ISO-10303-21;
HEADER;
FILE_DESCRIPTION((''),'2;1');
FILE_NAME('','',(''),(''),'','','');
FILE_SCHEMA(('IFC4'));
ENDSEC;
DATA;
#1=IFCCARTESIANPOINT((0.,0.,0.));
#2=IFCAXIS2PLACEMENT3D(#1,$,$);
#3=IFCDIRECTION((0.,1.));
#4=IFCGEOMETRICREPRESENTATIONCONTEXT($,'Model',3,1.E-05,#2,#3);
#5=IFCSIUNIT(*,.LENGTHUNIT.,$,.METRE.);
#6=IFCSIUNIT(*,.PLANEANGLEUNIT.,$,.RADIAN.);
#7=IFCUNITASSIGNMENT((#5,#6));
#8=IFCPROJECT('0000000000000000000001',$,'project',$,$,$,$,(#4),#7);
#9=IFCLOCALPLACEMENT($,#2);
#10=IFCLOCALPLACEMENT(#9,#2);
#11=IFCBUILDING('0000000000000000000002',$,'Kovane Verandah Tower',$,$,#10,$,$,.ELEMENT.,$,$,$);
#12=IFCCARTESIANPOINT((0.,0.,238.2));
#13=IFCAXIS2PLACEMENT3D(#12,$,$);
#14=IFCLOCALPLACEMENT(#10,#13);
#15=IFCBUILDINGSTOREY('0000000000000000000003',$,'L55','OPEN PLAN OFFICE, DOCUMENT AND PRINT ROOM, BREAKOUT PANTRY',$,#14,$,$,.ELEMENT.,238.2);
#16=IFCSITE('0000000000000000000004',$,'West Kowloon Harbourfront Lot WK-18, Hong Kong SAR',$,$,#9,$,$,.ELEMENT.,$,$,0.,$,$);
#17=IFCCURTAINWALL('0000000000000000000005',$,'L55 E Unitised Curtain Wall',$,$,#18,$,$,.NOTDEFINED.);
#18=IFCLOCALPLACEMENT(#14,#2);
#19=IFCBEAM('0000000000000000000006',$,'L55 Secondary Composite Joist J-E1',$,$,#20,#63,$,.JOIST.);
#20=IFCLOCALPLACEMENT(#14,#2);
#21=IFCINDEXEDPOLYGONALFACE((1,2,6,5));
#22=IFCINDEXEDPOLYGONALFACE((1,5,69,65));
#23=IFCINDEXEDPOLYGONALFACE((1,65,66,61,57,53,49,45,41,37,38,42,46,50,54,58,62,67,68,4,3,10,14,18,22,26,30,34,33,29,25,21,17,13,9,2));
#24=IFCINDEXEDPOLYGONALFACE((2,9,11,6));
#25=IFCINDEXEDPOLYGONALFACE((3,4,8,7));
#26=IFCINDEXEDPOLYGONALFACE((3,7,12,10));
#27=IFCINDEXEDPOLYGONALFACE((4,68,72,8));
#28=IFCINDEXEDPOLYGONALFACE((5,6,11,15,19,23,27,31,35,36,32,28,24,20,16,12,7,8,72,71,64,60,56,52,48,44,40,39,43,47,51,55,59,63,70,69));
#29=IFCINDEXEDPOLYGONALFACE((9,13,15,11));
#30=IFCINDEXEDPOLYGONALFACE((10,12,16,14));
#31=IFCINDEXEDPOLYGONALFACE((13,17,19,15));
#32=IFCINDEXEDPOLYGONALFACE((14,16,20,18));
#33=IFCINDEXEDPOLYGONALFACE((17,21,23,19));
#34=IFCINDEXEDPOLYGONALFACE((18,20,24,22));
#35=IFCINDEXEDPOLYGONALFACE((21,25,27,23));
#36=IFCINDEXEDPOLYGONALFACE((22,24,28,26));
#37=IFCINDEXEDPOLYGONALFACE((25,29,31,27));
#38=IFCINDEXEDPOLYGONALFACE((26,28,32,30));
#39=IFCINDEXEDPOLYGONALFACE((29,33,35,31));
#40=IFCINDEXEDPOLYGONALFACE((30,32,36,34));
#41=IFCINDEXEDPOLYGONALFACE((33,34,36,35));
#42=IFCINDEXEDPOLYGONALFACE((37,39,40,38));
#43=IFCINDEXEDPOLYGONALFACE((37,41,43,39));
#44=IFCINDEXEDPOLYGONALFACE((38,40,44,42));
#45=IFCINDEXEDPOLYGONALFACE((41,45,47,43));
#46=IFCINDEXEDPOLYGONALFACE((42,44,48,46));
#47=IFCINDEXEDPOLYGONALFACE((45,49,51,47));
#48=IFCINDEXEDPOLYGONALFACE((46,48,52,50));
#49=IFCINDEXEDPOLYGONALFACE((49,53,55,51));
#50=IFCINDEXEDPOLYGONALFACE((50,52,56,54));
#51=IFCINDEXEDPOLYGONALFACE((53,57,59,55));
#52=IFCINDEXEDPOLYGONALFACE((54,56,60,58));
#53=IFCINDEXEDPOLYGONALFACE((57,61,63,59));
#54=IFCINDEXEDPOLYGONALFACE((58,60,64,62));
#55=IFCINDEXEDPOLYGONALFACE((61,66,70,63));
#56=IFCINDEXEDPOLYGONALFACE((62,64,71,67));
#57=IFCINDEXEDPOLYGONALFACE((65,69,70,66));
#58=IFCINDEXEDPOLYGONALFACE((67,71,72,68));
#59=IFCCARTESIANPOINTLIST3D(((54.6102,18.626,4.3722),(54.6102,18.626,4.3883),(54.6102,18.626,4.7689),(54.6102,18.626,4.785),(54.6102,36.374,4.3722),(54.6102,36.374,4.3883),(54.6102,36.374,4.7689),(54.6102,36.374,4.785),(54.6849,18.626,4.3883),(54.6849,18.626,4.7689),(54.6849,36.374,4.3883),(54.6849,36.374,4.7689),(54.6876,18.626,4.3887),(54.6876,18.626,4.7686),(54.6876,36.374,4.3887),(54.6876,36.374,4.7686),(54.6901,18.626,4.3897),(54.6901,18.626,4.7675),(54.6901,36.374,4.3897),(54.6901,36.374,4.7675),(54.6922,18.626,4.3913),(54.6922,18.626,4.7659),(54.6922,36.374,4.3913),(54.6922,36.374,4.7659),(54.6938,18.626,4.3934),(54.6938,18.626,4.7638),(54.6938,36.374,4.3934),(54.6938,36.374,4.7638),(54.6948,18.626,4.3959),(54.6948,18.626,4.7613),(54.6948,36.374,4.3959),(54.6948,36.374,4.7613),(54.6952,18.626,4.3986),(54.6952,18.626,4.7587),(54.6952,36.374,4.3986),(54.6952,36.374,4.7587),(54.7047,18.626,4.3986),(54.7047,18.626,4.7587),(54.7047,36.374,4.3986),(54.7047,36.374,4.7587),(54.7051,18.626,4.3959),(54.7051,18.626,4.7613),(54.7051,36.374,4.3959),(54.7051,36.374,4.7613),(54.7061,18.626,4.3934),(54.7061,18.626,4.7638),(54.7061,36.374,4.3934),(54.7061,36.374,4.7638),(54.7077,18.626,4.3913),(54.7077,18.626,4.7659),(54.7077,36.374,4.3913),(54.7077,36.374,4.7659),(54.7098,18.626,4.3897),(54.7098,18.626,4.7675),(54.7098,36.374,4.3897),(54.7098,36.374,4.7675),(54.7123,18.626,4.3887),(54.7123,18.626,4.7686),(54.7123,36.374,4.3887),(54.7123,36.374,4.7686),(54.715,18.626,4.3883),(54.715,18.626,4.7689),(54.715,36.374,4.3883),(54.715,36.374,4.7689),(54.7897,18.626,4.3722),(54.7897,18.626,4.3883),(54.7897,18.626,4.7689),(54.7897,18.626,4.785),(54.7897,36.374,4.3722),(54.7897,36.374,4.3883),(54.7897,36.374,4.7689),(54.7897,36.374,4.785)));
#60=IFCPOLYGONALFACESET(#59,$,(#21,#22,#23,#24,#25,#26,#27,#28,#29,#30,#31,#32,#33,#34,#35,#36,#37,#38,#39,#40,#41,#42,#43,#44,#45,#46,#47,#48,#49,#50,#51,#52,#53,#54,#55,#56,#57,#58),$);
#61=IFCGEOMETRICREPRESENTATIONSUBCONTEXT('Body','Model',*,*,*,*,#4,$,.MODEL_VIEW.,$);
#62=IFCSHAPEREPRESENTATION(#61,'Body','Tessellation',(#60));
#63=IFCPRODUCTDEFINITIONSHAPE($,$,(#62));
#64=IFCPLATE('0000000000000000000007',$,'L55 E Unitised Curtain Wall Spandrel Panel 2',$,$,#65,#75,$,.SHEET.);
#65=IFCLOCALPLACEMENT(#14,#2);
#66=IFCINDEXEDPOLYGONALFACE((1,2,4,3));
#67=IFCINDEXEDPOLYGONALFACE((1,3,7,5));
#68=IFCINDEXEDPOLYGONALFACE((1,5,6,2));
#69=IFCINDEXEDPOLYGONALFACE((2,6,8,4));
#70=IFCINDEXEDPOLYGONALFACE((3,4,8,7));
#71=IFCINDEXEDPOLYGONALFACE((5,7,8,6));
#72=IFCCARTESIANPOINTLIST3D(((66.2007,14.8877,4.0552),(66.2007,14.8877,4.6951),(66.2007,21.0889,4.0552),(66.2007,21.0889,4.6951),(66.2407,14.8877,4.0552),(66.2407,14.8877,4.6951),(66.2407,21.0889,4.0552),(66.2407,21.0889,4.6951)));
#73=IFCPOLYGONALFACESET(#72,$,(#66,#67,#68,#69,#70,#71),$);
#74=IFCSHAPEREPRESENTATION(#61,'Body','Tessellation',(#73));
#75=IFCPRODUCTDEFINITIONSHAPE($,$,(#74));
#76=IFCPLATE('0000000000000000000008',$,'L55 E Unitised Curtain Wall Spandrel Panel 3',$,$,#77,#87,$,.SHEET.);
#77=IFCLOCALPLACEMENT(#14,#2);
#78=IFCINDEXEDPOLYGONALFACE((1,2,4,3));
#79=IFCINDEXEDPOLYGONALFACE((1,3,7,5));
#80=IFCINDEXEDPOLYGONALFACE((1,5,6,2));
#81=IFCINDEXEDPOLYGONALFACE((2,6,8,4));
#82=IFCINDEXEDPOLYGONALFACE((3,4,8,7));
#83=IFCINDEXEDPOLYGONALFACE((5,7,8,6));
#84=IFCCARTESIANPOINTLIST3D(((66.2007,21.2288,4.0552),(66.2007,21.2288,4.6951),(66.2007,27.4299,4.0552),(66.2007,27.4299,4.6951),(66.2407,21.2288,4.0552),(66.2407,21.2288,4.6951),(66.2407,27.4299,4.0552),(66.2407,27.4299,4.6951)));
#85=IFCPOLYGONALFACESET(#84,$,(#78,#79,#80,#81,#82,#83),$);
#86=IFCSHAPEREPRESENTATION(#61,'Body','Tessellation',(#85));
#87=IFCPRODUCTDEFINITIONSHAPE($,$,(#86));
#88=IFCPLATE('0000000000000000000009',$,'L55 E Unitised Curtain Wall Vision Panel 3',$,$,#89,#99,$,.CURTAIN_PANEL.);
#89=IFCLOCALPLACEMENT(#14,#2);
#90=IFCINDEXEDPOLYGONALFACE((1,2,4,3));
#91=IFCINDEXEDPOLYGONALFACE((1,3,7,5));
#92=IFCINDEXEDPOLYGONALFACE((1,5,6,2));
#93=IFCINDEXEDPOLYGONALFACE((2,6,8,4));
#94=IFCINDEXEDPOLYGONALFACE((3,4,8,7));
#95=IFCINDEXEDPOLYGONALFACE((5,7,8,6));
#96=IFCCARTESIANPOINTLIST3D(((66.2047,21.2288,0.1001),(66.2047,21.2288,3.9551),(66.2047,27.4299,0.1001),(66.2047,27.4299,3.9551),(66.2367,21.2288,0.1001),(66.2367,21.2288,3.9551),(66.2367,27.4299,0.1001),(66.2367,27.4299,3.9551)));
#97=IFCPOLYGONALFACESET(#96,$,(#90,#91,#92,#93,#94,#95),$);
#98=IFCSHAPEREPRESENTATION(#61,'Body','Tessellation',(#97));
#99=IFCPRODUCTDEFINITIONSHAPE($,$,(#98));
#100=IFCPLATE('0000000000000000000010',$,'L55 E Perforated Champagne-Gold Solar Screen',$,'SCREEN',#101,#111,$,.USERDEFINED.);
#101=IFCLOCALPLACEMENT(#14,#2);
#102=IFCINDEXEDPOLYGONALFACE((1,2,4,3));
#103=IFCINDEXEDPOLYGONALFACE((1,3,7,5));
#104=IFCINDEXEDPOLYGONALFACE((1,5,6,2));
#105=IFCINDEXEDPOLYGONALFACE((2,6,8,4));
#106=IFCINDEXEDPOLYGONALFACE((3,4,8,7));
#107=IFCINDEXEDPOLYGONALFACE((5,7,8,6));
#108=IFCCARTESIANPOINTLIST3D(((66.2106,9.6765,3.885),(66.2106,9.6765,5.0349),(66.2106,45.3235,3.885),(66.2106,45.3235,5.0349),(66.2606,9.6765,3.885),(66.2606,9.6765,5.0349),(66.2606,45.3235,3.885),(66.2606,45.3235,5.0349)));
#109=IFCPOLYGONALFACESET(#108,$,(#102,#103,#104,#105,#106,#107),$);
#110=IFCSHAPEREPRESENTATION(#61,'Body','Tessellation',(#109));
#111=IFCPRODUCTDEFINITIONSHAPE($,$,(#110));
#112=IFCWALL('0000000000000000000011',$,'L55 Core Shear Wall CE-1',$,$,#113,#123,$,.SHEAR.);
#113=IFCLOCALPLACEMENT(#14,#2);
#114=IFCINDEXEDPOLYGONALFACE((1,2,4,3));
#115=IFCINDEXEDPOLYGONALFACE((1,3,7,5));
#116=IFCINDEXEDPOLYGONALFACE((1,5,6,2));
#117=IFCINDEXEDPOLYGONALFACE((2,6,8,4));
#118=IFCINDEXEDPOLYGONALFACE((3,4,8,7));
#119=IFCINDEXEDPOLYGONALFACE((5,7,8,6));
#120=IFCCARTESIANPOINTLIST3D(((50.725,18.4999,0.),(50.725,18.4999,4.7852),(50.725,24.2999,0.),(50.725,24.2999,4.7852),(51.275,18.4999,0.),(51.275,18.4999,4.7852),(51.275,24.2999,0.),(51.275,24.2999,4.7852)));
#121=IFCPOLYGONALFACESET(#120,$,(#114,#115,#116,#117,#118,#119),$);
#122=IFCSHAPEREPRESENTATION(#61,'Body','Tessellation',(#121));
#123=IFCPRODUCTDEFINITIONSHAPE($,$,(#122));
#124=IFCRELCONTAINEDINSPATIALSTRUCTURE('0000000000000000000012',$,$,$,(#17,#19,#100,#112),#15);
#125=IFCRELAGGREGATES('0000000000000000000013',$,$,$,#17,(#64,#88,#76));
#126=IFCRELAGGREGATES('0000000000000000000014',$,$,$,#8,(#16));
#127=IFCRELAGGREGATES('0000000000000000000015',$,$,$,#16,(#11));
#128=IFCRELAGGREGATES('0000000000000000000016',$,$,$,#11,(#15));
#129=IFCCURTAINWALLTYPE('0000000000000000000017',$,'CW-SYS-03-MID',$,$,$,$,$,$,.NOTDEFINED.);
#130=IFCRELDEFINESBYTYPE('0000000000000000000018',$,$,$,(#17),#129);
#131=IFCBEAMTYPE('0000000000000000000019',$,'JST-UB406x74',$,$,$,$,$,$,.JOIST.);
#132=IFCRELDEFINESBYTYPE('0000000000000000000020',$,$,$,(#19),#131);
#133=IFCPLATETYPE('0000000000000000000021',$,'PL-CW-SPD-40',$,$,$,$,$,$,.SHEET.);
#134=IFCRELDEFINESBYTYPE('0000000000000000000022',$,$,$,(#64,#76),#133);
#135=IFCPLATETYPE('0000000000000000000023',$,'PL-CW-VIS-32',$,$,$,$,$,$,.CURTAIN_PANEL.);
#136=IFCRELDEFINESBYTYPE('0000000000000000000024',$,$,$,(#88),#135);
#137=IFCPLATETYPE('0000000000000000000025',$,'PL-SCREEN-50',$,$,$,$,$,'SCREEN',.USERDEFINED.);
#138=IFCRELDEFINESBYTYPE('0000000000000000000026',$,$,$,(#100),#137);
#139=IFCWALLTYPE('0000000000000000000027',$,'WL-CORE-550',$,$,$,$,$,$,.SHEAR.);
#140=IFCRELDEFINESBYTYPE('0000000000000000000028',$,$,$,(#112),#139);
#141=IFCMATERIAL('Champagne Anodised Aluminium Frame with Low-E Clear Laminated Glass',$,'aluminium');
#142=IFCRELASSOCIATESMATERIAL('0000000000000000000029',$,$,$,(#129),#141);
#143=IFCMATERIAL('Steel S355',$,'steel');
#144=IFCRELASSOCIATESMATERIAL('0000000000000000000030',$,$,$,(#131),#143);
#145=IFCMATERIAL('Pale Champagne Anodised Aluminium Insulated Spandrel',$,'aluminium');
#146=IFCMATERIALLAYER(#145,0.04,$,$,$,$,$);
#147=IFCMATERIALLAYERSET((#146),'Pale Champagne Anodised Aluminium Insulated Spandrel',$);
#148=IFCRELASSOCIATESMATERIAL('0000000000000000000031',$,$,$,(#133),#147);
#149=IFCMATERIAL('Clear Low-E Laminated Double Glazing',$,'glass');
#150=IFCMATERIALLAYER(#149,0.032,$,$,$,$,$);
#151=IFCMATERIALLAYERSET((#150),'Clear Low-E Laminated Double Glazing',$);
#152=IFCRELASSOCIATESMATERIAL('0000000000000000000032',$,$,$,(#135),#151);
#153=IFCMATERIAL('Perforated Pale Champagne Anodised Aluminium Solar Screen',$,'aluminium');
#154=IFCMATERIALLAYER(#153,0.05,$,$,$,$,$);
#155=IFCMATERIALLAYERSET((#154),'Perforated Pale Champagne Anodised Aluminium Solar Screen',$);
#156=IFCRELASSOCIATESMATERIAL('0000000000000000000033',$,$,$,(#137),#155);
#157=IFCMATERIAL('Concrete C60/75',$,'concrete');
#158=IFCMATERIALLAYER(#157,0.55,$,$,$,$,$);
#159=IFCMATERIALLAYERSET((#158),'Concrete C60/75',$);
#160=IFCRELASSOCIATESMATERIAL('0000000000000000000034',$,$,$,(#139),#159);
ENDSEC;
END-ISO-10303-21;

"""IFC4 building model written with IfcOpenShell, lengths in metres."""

from ifc_helpers import new_model, si_unit, direction, frame, frame_2d, origin, origin_2d, place, context, subcontext, project, spatial, rectangle, i_section, extrude, material, layer, layer_set, material_profile, profile_set, type_object, element, aggregate, save


model = new_model("IFC4")

# Units and contexts
model_context = context("Model", 3, precision=1e-05, world=origin(), true_north=direction((0.0, 1.0)))
body_context = subcontext(model_context, "Body", "Model", "MODEL_VIEW")
ifc_project = project(units=[si_unit("LENGTHUNIT", "METRE"), si_unit("PLANEANGLEUNIT", "RADIAN")], contexts=[model_context])

# Site, building, storey
site_placement = place(None, origin())
site = spatial("IfcSite", under=ifc_project, at=site_placement, Name="West Kowloon Harbourfront Lot WK-18, Hong Kong SAR", CompositionType="ELEMENT", RefElevation=0.0)
building_placement = place(site_placement, origin())
building = spatial("IfcBuilding", under=site, at=building_placement, Name="Kovane Verandah Tower", CompositionType="ELEMENT")
storey_placement = place(building_placement, frame((0.0, 0.0, 238.2)))
storey = spatial("IfcBuildingStorey", under=building, at=storey_placement, Name="L55", Description="OPEN PLAN OFFICE, DOCUMENT AND PRINT ROOM, BREAKOUT PANTRY", CompositionType="ELEMENT", Elevation=238.2)

# Shared definitions
ifc_material_1 = material(Name="Concrete C60/75", Category="concrete")

# Shared definitions
ifc_material_2 = material(Name="Steel S355", Category="steel")

# Curtain wall
ifc_material_3 = material(Name="Champagne Anodised Aluminium Frame with Low-E Clear Laminated Glass", Category="aluminium")
curtain_wall_type = type_object("IfcCurtainWallType", Name="CW-SYS-03-MID", PredefinedType="NOTDEFINED", material=ifc_material_3)
curtain_wall_placement = place(storey_placement, origin())
curtain_wall = element("IfcCurtainWall", 1, at=curtain_wall_placement, inside=storey, type_object=curtain_wall_type, Name="L55 E Unitised Curtain Wall", PredefinedType="NOTDEFINED")

# Beam
ifc_material_profile_1 = material_profile(ifc_material_2, i_section(OverallWidth=0.1794, OverallDepth=0.4128, WebThickness=0.0095, FlangeThickness=0.0161, FilletRadius=0.0103, at=origin_2d()), Name="UB406x178x74")
ifc_profile_set_1 = profile_set([ifc_material_profile_1], Name="Steel S355")
beam_type_1 = type_object("IfcBeamType", Name="JST-UB406x74", PredefinedType="JOIST", material=ifc_profile_set_1)
beam_1_placement = place(storey_placement, frame((54.7, 18.626, 4.5786), z_axis=(0.0, 1.0, 0.0), x_axis=(-1.0, 0.0, 0.0)))
element("IfcBeam", 2, at=beam_1_placement, inside=storey, type_object=beam_type_1, Name="L55 Secondary Composite Joist J-E1", PredefinedType="JOIST", context=body_context, shape_type="SweptSolid", body=[
    extrude(i_section(OverallWidth=0.1794, OverallDepth=0.4128, WebThickness=0.0095, FlangeThickness=0.0161, FilletRadius=0.0103, at=origin_2d()), origin(), (0.0, 0.0, 1.0), 17.748),
])

# Plates
ifc_material_4 = material(Name="Pale Champagne Anodised Aluminium Insulated Spandrel", Category="aluminium")
ifc_layer_1 = layer(ifc_material_4, 0.04)
ifc_layer_set_1 = layer_set([ifc_layer_1], Name="Pale Champagne Anodised Aluminium Insulated Spandrel")
plate_type_1 = type_object("IfcPlateType", Name="PL-CW-SPD-40", PredefinedType="SHEET", material=ifc_layer_set_1)
plate_1_placement = place(storey_placement, frame((66.2207, 17.9883, 4.0552), z_axis=(0.0, 0.0, 1.0), x_axis=(0.0, 1.0, 0.0)))
plate_1 = element("IfcPlate", 3, at=plate_1_placement, type_object=plate_type_1, Name="L55 E Unitised Curtain Wall Spandrel Panel 2", PredefinedType="SHEET", context=body_context, shape_type="SweptSolid", body=[
    extrude(rectangle(XDim=6.2012, YDim=0.04, at=origin_2d()), origin(), (0.0, 0.0, 1.0), 0.6399),
])
plate_2_placement = place(storey_placement, frame((66.2207, 24.3293, 4.0552), z_axis=(0.0, 0.0, 1.0), x_axis=(0.0, 1.0, 0.0)))
plate_2 = element("IfcPlate", 4, at=plate_2_placement, type_object=plate_type_1, Name="L55 E Unitised Curtain Wall Spandrel Panel 3", PredefinedType="SHEET", context=body_context, shape_type="SweptSolid", body=[
    extrude(rectangle(XDim=6.2012, YDim=0.04, at=origin_2d()), origin(), (0.0, 0.0, 1.0), 0.6399),
])
ifc_material_5 = material(Name="Clear Low-E Laminated Double Glazing", Category="glass")
ifc_layer_2 = layer(ifc_material_5, 0.032)
ifc_layer_set_2 = layer_set([ifc_layer_2], Name="Clear Low-E Laminated Double Glazing")
plate_type_2 = type_object("IfcPlateType", Name="PL-CW-VIS-32", PredefinedType="CURTAIN_PANEL", material=ifc_layer_set_2)
plate_3_placement = place(storey_placement, frame((66.2207, 24.3293, 0.1001), z_axis=(0.0, 0.0, 1.0), x_axis=(0.0, 1.0, 0.0)))
plate_3 = element("IfcPlate", 5, at=plate_3_placement, type_object=plate_type_2, Name="L55 E Unitised Curtain Wall Vision Panel 3", PredefinedType="CURTAIN_PANEL", context=body_context, shape_type="SweptSolid", body=[
    extrude(rectangle(XDim=6.2012, YDim=0.032, at=origin_2d()), origin(), (0.0, 0.0, 1.0), 3.855),
])
aggregate(curtain_wall, [plate_1, plate_3, plate_2])
ifc_material_6 = material(Name="Perforated Pale Champagne Anodised Aluminium Solar Screen", Category="aluminium")
ifc_layer_3 = layer(ifc_material_6, 0.05)
ifc_layer_set_3 = layer_set([ifc_layer_3], Name="Perforated Pale Champagne Anodised Aluminium Solar Screen")
plate_type_3 = type_object("IfcPlateType", Name="PL-SCREEN-50", ElementType="SCREEN", PredefinedType="USERDEFINED", material=ifc_layer_set_3)
plate_4_placement = place(storey_placement, frame((66.2356, 27.5, 3.885), z_axis=(0.0, 0.0, 1.0), x_axis=(0.0, 1.0, 0.0)))
element("IfcPlate", 6, at=plate_4_placement, inside=storey, type_object=plate_type_3, Name="L55 E Perforated Champagne-Gold Solar Screen", ObjectType="SCREEN", PredefinedType="USERDEFINED", context=body_context, shape_type="SweptSolid", body=[
    extrude(rectangle(XDim=35.647, YDim=0.05, at=origin_2d()), origin(), (0.0, 0.0, 1.0), 1.1499),
])

# Wall
ifc_layer_4 = layer(ifc_material_1, 0.55)
ifc_layer_set_4 = layer_set([ifc_layer_4], Name="Concrete C60/75")
wall_type_1 = type_object("IfcWallType", Name="WL-CORE-550", PredefinedType="SHEAR", material=ifc_layer_set_4)
wall_1_placement = place(storey_placement, frame((51.0, 18.5, 0.0), z_axis=(0.0, 0.0, 1.0), x_axis=(0.0, 1.0, 0.0)))
element("IfcWall", 7, at=wall_1_placement, inside=storey, type_object=wall_type_1, Name="L55 Core Shear Wall CE-1", PredefinedType="SHEAR", context=body_context, shape_type="SweptSolid", body=[
    extrude(rectangle(XDim=5.8, YDim=0.55, at=frame_2d((2.8999, 0.0))), origin(), (0.0, 0.0, 1.0), 4.7852),
])

save(model, "model.ifc")
